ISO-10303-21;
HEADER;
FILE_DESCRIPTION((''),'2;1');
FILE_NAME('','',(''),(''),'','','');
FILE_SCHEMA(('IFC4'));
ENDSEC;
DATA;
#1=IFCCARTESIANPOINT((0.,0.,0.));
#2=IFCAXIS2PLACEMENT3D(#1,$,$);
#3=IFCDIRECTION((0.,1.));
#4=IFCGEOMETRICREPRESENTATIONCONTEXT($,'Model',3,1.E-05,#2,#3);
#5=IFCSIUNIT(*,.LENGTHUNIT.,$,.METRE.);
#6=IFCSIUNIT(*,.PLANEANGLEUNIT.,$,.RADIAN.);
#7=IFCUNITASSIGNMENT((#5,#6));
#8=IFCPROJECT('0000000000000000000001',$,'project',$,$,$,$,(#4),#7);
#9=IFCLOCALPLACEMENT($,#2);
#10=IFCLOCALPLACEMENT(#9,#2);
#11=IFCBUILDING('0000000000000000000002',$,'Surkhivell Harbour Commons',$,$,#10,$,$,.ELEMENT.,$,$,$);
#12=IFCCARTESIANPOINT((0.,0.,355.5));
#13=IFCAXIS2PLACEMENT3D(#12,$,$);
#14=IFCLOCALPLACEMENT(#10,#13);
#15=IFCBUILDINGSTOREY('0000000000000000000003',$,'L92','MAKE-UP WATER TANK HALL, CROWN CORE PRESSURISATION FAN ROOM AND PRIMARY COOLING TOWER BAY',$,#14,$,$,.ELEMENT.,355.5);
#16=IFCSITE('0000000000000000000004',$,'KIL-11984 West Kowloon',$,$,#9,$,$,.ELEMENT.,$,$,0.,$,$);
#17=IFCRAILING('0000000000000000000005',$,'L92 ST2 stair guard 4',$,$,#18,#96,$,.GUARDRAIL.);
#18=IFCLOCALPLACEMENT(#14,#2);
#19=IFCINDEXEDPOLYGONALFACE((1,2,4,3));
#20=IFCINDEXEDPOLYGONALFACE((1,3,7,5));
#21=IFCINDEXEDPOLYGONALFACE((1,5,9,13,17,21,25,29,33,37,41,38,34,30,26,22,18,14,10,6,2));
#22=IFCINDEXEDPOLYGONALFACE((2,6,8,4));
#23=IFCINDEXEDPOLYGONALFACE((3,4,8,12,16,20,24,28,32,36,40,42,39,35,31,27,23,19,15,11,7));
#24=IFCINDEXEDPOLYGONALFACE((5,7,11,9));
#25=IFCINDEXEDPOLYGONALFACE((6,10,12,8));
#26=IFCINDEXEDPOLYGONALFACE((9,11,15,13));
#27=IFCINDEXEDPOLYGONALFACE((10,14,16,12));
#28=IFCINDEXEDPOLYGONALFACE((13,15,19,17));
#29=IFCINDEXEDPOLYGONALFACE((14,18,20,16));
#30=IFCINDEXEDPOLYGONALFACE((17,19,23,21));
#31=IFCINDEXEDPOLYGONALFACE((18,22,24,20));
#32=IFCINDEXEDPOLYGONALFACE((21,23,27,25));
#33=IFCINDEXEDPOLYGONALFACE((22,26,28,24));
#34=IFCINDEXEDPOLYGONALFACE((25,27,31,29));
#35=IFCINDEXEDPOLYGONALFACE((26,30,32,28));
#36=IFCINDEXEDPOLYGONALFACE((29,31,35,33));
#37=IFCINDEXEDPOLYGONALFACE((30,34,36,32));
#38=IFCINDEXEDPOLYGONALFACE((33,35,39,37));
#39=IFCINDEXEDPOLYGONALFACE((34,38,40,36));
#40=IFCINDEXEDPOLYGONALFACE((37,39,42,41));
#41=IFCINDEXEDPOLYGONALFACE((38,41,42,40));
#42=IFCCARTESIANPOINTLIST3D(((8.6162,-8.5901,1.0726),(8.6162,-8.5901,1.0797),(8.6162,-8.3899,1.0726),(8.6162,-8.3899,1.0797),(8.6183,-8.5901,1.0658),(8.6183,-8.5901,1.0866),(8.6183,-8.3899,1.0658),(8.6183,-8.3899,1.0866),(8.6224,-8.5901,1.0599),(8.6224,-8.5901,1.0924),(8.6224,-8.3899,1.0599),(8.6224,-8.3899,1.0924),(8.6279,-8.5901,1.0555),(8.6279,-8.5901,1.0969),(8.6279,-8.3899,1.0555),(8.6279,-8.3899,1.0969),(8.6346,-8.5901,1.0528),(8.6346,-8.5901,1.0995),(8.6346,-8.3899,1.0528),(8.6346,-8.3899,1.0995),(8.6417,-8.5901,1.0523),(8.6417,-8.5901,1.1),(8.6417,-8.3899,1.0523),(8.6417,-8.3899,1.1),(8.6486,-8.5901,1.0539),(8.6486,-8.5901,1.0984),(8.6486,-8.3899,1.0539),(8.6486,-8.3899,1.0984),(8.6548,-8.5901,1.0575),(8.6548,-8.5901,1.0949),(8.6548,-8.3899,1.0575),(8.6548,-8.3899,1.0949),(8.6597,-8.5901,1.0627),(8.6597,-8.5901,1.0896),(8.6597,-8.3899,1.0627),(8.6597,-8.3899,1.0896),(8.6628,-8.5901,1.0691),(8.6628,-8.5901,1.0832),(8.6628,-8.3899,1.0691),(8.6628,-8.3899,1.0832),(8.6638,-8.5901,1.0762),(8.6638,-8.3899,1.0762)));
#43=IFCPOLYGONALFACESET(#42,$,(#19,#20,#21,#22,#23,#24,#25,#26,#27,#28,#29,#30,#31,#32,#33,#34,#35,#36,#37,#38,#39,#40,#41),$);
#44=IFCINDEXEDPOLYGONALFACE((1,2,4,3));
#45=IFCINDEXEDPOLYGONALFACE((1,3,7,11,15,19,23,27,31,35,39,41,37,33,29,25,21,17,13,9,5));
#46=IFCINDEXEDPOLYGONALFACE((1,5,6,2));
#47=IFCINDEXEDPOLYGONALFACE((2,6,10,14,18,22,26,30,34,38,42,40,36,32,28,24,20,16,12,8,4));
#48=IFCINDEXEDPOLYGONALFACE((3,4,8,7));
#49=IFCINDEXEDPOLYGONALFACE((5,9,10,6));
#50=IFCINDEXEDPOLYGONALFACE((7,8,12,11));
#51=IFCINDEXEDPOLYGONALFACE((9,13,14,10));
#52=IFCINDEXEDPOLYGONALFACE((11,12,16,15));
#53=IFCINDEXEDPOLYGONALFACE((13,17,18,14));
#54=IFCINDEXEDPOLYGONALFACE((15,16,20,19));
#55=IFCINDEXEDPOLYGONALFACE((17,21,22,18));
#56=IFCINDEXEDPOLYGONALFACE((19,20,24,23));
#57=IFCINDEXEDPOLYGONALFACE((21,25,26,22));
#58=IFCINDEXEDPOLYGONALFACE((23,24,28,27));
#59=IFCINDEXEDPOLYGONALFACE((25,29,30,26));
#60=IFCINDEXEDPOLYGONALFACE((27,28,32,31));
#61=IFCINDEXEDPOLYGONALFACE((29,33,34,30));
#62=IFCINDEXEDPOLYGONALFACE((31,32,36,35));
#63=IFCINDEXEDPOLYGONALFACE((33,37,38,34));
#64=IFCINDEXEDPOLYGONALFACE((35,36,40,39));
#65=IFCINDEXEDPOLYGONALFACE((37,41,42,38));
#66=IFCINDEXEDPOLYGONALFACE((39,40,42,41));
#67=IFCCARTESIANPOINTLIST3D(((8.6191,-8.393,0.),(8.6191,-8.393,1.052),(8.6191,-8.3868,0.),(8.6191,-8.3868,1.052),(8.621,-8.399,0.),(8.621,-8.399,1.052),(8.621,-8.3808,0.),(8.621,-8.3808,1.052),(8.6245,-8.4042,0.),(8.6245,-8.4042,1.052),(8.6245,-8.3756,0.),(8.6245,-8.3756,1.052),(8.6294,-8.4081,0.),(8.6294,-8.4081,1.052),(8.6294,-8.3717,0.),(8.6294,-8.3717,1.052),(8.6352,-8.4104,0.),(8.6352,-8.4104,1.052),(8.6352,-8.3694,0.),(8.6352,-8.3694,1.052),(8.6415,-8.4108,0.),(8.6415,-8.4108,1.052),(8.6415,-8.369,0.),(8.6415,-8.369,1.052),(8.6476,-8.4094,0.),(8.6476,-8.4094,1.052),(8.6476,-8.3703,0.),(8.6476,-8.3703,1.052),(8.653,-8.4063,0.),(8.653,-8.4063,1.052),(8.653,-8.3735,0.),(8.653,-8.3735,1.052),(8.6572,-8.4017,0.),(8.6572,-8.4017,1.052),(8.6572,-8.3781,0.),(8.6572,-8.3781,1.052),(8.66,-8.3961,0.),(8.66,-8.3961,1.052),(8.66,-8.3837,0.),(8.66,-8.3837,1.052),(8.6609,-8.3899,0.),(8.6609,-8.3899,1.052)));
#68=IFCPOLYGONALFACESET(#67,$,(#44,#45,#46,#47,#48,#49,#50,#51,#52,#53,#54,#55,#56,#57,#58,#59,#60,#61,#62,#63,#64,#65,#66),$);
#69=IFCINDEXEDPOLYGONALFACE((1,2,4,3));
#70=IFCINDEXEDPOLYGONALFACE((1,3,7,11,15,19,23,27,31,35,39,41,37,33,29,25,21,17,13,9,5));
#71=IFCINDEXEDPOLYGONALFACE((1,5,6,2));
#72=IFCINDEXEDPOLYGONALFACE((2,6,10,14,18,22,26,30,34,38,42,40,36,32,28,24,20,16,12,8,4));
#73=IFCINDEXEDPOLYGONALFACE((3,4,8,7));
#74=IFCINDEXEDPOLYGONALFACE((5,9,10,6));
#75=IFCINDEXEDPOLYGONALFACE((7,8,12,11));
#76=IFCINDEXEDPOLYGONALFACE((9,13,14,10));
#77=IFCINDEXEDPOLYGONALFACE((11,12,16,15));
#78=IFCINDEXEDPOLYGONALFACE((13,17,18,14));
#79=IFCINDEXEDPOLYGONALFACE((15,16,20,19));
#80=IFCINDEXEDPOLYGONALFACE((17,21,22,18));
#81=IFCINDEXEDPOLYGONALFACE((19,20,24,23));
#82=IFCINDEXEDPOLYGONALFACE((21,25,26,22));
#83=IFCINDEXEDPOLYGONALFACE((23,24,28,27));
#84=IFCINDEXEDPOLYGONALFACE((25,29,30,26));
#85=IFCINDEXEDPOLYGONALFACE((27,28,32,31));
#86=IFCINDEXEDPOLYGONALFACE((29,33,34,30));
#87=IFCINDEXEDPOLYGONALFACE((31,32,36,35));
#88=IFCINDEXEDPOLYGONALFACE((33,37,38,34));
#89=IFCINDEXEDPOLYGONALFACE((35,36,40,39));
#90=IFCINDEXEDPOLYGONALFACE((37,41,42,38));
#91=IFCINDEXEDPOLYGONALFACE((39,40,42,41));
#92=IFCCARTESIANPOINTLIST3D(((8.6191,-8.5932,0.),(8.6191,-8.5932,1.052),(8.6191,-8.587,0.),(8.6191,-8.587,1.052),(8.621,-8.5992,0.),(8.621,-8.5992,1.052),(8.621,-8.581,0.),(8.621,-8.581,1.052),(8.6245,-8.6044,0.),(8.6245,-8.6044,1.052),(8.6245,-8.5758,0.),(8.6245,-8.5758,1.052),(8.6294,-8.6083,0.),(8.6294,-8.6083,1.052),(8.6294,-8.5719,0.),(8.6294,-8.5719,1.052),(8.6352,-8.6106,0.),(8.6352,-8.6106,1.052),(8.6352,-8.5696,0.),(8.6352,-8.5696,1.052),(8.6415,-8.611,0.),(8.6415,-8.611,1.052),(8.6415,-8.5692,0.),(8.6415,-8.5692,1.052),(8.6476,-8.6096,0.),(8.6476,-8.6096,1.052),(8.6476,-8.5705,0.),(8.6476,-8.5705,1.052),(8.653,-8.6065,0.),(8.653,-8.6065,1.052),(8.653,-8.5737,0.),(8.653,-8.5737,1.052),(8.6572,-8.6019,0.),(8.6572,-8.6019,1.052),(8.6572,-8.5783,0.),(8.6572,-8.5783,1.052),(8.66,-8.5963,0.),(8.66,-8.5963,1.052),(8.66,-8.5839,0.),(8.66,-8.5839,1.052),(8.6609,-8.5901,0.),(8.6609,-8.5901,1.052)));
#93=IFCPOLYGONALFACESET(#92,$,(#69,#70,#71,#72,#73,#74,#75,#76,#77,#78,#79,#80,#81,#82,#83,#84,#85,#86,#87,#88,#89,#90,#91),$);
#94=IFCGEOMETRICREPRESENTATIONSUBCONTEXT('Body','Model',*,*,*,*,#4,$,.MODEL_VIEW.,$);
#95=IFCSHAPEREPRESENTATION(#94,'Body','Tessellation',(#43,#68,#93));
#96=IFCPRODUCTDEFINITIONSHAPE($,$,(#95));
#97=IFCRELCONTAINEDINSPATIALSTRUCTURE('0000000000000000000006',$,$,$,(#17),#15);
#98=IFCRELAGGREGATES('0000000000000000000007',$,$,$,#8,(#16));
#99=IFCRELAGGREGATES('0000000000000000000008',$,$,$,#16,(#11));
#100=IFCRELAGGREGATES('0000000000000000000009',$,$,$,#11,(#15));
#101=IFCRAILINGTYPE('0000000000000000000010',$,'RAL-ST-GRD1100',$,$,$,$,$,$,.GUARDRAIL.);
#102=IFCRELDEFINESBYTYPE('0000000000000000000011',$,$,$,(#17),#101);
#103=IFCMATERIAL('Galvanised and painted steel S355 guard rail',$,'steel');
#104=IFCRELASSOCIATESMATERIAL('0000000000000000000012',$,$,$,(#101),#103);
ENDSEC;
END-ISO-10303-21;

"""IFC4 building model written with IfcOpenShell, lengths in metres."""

from ifc_helpers import new_model, si_unit, direction, frame, origin, origin_2d, place, context, subcontext, project, spatial, circle, extrude, material, type_object, element, save


model = new_model("IFC4")

# Units and contexts
model_context = context("Model", 3, precision=1e-05, world=origin(), true_north=direction((0.0, 1.0)))
body_context = subcontext(model_context, "Body", "Model", "MODEL_VIEW")
ifc_project = project(units=[si_unit("LENGTHUNIT", "METRE"), si_unit("PLANEANGLEUNIT", "RADIAN")], contexts=[model_context])

# Site, building, storey
site_placement = place(None, origin())
site = spatial("IfcSite", under=ifc_project, at=site_placement, Name="KIL-11984 West Kowloon", CompositionType="ELEMENT", RefElevation=0.0)
building_placement = place(site_placement, origin())
building = spatial("IfcBuilding", under=site, at=building_placement, Name="Surkhivell Harbour Commons", CompositionType="ELEMENT")
storey_placement = place(building_placement, frame((0.0, 0.0, 355.5)))
storey = spatial("IfcBuildingStorey", under=building, at=storey_placement, Name="L92", Description="MAKE-UP WATER TANK HALL, CROWN CORE PRESSURISATION FAN ROOM AND PRIMARY COOLING TOWER BAY", CompositionType="ELEMENT", Elevation=355.5)

# Railing
ifc_material_1 = material(Name="Galvanised and painted steel S355 guard rail", Category="steel")
railing_type_1 = type_object("IfcRailingType", Name="RAL-ST-GRD1100", PredefinedType="GUARDRAIL", material=ifc_material_1)
railing_1_placement = place(storey_placement, frame((8.6399, -8.3899, 0.0)))
element("IfcRailing", 1, at=railing_1_placement, inside=storey, type_object=railing_type_1, Name="L92 ST2 stair guard 4", PredefinedType="GUARDRAIL", context=body_context, shape_type="SweptSolid", body=[
    extrude(circle(Radius=0.0239, at=origin_2d()), frame((0.0, 0.0, 1.0762), z_axis=(0.0, -1.0, 0.0), x_axis=(1.0, 0.0, 0.0)), (0.0, 0.0, 1.0), 0.2002),
    extrude(circle(Radius=0.021, at=origin_2d()), origin(), (0.0, 0.0, 1.0), 1.052),
    extrude(circle(Radius=0.021, at=origin_2d()), frame((0.0, -0.2002, 0.0)), (0.0, 0.0, 1.0), 1.052),
])

save(model, "model.ifc")
